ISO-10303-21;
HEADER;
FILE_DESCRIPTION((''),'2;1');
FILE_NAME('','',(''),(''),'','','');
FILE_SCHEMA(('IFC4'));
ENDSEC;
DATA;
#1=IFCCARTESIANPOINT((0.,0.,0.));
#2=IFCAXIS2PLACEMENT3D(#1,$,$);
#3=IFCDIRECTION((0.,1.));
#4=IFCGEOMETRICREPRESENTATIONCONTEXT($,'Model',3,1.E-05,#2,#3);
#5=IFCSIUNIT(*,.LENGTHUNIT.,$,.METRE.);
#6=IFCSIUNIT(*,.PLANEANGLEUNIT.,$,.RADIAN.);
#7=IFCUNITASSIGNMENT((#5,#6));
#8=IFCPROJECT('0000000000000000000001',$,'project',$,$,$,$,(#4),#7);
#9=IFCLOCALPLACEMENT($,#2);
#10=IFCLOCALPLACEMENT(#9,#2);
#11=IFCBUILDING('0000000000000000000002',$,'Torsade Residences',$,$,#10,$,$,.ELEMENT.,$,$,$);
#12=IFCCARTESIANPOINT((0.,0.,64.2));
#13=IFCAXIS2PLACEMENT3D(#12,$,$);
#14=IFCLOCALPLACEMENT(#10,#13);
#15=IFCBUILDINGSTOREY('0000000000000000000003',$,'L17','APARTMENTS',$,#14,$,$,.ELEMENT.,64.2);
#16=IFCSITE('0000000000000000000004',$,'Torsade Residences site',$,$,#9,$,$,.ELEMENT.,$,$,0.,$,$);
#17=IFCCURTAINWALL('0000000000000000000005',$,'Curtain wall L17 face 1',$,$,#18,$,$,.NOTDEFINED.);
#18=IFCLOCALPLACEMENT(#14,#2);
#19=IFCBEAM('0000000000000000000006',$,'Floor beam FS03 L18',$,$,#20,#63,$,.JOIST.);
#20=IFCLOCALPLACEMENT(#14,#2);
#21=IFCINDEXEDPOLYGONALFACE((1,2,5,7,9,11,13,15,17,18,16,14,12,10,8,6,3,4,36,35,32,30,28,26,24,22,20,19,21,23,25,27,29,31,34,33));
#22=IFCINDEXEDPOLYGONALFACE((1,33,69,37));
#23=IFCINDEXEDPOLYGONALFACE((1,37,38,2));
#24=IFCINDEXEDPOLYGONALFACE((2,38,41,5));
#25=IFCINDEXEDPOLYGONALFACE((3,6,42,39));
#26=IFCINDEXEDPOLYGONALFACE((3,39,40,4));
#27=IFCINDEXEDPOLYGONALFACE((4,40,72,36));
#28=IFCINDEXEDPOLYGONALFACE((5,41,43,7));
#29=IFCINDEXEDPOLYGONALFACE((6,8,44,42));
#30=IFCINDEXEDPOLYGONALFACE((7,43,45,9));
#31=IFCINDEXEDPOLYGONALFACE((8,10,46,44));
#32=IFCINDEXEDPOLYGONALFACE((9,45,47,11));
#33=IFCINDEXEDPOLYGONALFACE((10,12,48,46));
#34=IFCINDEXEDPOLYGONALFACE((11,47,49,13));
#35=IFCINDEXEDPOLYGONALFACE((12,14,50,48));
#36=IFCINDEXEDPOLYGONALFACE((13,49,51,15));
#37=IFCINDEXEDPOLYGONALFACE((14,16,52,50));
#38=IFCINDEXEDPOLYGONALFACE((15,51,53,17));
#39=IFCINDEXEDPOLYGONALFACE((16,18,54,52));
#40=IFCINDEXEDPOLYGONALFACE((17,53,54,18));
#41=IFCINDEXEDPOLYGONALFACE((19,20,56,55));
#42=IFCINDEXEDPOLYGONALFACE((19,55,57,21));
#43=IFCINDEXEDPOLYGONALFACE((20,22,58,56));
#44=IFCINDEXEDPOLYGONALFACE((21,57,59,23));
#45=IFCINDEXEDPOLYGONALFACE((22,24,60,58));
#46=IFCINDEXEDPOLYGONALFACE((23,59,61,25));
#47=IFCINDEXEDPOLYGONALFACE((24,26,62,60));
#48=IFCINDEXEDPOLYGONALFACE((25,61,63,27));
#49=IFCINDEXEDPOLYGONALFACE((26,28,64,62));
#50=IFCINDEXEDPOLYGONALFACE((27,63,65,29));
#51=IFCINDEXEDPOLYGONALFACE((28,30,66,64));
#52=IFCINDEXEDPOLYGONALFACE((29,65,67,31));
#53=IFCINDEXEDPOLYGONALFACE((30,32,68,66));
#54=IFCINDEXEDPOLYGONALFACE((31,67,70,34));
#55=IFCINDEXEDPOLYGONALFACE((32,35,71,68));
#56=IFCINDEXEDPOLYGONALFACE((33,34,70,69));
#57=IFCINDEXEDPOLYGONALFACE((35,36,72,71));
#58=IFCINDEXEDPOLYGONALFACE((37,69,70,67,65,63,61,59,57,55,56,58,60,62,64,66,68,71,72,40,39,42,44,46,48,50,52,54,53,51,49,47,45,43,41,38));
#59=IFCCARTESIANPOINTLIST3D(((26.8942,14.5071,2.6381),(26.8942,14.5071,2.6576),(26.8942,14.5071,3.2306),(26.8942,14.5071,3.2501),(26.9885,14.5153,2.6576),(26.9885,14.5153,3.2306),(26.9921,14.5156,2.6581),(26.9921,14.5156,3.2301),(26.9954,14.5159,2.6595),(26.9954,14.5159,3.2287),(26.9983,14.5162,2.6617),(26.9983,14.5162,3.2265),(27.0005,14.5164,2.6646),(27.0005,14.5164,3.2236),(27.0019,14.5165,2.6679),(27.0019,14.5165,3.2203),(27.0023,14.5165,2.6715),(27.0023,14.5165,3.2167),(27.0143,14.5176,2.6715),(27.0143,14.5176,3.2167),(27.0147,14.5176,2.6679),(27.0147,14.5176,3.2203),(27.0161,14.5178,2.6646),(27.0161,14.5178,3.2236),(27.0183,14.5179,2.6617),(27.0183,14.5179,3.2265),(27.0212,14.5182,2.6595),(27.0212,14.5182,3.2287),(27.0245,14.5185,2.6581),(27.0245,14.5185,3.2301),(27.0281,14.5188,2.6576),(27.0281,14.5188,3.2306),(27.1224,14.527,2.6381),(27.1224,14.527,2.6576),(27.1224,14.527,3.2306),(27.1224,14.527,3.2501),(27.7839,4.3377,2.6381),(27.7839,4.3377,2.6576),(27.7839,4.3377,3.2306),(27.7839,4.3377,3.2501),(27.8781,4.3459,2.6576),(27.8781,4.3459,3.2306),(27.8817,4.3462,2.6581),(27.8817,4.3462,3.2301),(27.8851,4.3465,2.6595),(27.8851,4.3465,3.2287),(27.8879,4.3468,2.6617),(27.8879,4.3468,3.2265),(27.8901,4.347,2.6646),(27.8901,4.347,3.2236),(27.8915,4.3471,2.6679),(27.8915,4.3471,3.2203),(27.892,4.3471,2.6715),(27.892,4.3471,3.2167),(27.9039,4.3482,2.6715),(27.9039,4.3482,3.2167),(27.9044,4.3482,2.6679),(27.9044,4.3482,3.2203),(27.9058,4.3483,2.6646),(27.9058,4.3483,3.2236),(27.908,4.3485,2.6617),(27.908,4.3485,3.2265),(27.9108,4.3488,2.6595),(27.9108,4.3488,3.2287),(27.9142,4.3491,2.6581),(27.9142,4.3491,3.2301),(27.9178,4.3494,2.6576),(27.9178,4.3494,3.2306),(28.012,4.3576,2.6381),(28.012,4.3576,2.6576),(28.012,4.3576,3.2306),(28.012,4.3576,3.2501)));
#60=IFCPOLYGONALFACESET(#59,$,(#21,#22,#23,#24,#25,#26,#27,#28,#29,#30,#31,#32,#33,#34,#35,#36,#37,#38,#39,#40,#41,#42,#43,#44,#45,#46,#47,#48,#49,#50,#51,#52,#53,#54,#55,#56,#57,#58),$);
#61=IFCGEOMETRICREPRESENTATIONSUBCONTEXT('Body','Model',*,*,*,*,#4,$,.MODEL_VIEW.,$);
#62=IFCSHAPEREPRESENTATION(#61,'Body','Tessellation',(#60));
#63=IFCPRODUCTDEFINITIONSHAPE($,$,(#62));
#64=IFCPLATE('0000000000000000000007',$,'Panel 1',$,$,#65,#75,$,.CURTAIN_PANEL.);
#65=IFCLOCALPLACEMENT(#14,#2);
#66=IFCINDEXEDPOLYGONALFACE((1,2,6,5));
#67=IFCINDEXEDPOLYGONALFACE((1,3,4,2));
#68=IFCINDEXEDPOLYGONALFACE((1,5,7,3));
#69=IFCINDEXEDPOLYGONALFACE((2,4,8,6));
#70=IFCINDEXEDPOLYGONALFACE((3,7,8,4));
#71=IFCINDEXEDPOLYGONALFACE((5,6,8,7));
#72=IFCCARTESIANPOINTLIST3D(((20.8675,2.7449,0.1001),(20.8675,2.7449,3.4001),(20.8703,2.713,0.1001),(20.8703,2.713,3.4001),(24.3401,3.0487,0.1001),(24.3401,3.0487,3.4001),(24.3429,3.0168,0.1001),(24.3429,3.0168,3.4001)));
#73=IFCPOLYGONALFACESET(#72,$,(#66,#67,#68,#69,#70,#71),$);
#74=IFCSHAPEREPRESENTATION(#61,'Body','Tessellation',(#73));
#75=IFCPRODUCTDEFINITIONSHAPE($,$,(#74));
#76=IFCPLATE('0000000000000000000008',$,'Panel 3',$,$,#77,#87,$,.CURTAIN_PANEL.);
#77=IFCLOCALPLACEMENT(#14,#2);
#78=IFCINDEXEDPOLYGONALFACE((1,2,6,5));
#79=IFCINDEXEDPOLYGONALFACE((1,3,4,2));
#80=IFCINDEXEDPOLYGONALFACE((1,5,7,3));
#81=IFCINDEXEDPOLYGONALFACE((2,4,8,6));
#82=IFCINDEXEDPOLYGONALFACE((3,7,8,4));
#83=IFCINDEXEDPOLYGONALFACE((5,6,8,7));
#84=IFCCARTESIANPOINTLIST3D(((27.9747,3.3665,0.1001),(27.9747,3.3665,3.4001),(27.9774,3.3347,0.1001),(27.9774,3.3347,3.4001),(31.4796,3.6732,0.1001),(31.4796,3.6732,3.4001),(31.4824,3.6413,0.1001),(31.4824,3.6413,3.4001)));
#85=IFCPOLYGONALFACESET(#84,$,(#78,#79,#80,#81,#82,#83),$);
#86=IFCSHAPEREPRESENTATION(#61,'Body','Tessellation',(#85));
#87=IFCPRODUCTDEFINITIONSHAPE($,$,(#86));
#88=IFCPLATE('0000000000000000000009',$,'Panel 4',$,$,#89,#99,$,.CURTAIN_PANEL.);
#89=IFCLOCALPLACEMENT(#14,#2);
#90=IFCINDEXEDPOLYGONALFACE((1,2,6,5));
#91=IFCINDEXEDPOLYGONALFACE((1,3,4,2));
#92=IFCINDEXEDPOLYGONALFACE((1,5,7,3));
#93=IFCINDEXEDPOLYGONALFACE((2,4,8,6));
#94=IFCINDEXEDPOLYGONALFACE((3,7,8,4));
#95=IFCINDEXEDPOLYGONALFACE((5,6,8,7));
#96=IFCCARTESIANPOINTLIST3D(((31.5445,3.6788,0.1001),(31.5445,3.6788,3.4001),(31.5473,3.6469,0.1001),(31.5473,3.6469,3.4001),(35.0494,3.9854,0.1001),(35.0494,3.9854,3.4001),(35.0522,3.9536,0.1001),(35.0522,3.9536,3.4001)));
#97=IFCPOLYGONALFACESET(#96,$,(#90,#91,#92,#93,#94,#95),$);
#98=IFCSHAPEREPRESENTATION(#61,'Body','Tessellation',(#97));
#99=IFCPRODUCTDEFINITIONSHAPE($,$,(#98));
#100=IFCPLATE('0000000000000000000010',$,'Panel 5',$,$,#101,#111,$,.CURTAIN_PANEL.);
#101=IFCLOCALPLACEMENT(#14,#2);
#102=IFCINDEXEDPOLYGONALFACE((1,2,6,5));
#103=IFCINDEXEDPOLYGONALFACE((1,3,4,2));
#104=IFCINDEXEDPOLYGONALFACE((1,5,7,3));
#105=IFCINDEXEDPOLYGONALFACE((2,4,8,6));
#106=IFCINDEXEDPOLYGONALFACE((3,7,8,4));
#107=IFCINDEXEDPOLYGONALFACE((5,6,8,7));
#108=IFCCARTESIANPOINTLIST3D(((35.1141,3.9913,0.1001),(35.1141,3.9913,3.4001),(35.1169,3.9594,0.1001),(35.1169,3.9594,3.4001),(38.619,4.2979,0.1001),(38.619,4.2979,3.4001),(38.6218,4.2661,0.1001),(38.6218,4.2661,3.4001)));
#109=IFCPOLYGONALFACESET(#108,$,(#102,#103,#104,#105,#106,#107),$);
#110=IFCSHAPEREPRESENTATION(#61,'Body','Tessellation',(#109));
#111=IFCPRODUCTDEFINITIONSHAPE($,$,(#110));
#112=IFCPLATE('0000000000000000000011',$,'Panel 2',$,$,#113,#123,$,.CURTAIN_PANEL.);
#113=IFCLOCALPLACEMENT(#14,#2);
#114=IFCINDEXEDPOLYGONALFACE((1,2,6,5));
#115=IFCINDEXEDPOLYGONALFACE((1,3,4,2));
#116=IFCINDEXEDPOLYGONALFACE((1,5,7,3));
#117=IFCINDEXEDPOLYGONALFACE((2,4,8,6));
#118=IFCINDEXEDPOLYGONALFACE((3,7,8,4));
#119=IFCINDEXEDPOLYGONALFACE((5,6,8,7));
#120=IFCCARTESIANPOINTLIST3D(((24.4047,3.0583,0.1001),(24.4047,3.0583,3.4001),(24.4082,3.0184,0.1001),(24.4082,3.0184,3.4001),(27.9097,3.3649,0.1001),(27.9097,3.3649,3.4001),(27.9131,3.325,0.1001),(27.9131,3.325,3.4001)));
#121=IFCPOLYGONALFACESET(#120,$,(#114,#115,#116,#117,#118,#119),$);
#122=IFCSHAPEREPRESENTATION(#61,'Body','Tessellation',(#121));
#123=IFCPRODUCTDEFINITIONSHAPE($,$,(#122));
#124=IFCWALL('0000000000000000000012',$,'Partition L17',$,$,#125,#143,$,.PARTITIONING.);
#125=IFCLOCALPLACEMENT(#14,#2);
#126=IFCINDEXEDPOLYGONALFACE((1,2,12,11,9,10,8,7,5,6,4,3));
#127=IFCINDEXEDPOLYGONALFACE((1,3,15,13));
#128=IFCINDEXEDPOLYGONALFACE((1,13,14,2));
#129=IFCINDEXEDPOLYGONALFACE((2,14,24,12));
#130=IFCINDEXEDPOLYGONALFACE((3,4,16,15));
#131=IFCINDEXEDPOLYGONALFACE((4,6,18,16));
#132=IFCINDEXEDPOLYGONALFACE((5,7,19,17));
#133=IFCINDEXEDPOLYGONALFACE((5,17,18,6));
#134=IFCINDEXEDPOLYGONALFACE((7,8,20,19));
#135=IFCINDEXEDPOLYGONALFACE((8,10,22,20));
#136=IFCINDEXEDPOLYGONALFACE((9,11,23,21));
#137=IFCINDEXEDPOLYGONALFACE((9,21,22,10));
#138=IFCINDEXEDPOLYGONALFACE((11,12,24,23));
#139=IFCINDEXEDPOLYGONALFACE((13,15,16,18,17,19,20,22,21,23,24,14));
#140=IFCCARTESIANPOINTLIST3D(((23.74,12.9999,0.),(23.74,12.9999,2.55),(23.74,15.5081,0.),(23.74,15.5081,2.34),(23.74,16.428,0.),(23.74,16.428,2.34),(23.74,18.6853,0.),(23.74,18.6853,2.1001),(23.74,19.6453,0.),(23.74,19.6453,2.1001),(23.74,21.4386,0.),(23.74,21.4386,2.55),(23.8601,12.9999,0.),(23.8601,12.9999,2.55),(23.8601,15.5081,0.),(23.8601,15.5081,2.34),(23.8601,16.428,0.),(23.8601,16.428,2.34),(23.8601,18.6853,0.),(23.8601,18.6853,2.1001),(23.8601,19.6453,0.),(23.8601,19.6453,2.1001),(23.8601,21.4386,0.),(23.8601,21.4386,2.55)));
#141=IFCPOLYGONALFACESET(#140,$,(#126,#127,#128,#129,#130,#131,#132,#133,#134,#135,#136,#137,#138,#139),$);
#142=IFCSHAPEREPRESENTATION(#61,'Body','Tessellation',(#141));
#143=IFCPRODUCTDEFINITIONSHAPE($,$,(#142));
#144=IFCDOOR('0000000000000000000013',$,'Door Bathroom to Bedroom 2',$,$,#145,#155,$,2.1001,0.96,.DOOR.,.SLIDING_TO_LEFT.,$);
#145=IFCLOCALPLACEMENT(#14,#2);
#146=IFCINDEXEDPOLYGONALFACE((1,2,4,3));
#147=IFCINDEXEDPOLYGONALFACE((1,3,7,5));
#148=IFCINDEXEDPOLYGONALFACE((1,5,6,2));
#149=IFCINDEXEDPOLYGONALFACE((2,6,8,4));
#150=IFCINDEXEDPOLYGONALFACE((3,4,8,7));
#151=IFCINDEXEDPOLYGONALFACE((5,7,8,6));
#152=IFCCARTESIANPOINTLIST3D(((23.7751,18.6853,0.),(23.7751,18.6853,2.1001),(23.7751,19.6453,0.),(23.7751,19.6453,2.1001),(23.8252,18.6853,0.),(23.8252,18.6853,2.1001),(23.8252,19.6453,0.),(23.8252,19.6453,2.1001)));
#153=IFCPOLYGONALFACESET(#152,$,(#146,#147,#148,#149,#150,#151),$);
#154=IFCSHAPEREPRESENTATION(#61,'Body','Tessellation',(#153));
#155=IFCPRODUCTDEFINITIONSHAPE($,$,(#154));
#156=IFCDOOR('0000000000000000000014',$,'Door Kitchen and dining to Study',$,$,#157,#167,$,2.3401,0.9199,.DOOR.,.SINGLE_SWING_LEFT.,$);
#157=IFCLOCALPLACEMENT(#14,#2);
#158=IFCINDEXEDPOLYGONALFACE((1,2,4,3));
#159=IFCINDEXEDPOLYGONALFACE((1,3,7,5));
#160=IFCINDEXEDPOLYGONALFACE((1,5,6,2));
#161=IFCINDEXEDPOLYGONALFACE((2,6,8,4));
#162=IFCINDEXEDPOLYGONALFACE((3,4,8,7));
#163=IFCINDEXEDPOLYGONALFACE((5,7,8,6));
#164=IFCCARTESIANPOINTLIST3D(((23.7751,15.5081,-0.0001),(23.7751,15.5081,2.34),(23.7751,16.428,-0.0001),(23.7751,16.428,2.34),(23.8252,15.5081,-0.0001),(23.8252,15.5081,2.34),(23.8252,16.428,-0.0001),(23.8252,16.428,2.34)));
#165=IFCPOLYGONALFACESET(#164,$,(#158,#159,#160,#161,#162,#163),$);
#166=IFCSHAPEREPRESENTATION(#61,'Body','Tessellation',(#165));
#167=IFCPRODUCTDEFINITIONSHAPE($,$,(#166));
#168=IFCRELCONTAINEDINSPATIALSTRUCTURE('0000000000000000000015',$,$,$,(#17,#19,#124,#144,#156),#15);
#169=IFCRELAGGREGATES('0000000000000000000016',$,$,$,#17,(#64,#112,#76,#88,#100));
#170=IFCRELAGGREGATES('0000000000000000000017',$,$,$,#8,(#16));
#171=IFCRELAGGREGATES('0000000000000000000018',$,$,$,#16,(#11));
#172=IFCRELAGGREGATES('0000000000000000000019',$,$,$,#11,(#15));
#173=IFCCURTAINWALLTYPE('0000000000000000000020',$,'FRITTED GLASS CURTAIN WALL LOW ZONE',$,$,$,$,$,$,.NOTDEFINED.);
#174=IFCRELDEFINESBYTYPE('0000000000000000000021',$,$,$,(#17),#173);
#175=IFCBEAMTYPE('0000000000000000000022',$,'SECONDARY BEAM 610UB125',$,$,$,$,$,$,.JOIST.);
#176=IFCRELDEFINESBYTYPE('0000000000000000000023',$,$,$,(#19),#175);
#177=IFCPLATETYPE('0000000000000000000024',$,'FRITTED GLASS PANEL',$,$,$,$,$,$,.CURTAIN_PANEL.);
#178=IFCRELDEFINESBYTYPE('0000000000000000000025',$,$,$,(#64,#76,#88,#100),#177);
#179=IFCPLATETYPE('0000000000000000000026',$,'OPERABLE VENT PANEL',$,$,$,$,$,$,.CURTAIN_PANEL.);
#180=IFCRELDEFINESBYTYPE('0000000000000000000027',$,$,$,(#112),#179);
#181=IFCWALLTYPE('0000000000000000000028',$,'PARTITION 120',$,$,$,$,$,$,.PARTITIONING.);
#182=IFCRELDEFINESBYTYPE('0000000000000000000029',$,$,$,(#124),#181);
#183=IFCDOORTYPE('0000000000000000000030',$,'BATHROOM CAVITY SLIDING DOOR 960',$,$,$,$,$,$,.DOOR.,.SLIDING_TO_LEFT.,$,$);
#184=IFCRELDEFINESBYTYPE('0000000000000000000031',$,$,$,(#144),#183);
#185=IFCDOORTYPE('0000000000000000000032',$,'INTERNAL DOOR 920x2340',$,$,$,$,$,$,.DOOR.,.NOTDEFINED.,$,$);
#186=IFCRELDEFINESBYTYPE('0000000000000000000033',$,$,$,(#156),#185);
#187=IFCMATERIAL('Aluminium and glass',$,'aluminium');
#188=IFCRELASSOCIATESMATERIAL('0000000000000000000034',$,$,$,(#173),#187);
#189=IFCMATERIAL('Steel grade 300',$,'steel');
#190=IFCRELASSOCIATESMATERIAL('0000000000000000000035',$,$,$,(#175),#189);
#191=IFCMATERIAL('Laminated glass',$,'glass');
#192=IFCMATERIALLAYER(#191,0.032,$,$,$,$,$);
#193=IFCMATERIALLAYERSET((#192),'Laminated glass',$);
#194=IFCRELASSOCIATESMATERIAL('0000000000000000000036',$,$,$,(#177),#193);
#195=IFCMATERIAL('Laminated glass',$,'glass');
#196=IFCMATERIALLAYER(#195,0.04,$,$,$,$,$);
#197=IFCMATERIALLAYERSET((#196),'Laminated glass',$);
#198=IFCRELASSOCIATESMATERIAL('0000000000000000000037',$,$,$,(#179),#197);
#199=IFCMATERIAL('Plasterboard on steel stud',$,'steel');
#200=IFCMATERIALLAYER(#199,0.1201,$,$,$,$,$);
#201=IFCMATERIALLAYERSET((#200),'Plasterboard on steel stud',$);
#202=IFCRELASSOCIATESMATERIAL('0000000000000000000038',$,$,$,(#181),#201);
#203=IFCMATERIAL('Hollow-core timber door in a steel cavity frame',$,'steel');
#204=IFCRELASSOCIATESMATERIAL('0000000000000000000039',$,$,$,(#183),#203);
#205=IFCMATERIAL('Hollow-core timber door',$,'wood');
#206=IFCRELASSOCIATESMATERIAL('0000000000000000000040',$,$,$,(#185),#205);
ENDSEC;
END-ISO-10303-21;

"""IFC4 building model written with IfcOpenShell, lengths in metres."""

from ifc_helpers import new_model, si_unit, direction, frame, frame_2d, origin, origin_2d, place, context, subcontext, project, spatial, rectangle, i_section, extrude, material, layer, layer_set, material_profile, profile_set, type_object, element, fill, aggregate, save


model = new_model("IFC4")

# Units and contexts
model_context = context("Model", 3, precision=1e-05, world=origin(), true_north=direction((0.0, 1.0)))
body_context = subcontext(model_context, "Body", "Model", "MODEL_VIEW")
ifc_project = project(units=[si_unit("LENGTHUNIT", "METRE"), si_unit("PLANEANGLEUNIT", "RADIAN")], contexts=[model_context])

# Site, building, storey
site_placement = place(None, origin())
site = spatial("IfcSite", under=ifc_project, at=site_placement, Name="Torsade Residences site", CompositionType="ELEMENT", RefElevation=0.0)
building_placement = place(site_placement, origin())
building = spatial("IfcBuilding", under=site, at=building_placement, Name="Torsade Residences", CompositionType="ELEMENT")
storey_placement = place(building_placement, frame((0.0, 0.0, 64.2)))
storey = spatial("IfcBuildingStorey", under=building, at=storey_placement, Name="L17", Description="APARTMENTS", CompositionType="ELEMENT", Elevation=64.2)

# Curtain wall
ifc_material_1 = material(Name="Aluminium and glass", Category="aluminium")
curtain_wall_type = type_object("IfcCurtainWallType", Name="FRITTED GLASS CURTAIN WALL LOW ZONE", PredefinedType="NOTDEFINED", material=ifc_material_1)
curtain_wall_placement = place(storey_placement, origin())
curtain_wall = element("IfcCurtainWall", 1, at=curtain_wall_placement, inside=storey, type_object=curtain_wall_type, Name="Curtain wall L17 face 1", PredefinedType="NOTDEFINED")

# Beam
ifc_material_2 = material(Name="Steel grade 300", Category="steel")
ifc_material_profile_1 = material_profile(ifc_material_2, i_section(OverallWidth=0.229, OverallDepth=0.6121, WebThickness=0.012, FlangeThickness=0.0195, FilletRadius=0.0139, at=origin_2d()), Name="610UB125")
ifc_profile_set_1 = profile_set([ifc_material_profile_1], Name="Steel grade 300")
beam_type_1 = type_object("IfcBeamType", Name="SECONDARY BEAM 610UB125", PredefinedType="JOIST", material=ifc_profile_set_1)
beam_1_placement = place(storey_placement, frame((27.8979, 4.3477, 2.9441), z_axis=(-0.08715, 0.996195, 0.0), x_axis=(-0.996195, -0.08715, 0.0)))
element("IfcBeam", 2, at=beam_1_placement, inside=storey, type_object=beam_type_1, Name="Floor beam FS03 L18", PredefinedType="JOIST", context=body_context, shape_type="SweptSolid", body=[
    extrude(i_section(OverallWidth=0.229, OverallDepth=0.6121, WebThickness=0.012, FlangeThickness=0.0195, FilletRadius=0.0139, at=origin_2d()), origin(), (0.0, 0.0, 1.0), 10.2083),
])

# Plates
ifc_material_3 = material(Name="Laminated glass", Category="glass")
ifc_layer_1 = layer(ifc_material_3, 0.032)
ifc_layer_set_1 = layer_set([ifc_layer_1], Name="Laminated glass")
plate_type_1 = type_object("IfcPlateType", Name="FRITTED GLASS PANEL", PredefinedType="CURTAIN_PANEL", material=ifc_layer_set_1)
plate_1_placement = place(storey_placement, frame((22.6052, 2.8809, 0.1001), z_axis=(0.0, 0.0, 1.0), x_axis=(0.996195, 0.087156, 0.0)))
plate_1 = element("IfcPlate", 3, at=plate_1_placement, type_object=plate_type_1, Name="Panel 1", PredefinedType="CURTAIN_PANEL", context=body_context, shape_type="SweptSolid", body=[
    extrude(rectangle(XDim=3.4858, YDim=0.032, at=origin_2d()), origin(), (0.0, 0.0, 1.0), 3.3),
])
plate_2_placement = place(storey_placement, frame((29.7285, 3.5039, 0.1001), z_axis=(0.0, 0.0, 1.0), x_axis=(0.996195, 0.087156, 0.0)))
plate_2 = element("IfcPlate", 4, at=plate_2_placement, type_object=plate_type_1, Name="Panel 3", PredefinedType="CURTAIN_PANEL", context=body_context, shape_type="SweptSolid", body=[
    extrude(rectangle(XDim=3.5183, YDim=0.032, at=origin_2d()), origin(), (0.0, 0.0, 1.0), 3.3),
])
plate_3_placement = place(storey_placement, frame((33.2983, 3.8162, 0.1001), z_axis=(0.0, 0.0, 1.0), x_axis=(0.996195, 0.087156, 0.0)))
plate_3 = element("IfcPlate", 5, at=plate_3_placement, type_object=plate_type_1, Name="Panel 4", PredefinedType="CURTAIN_PANEL", context=body_context, shape_type="SweptSolid", body=[
    extrude(rectangle(XDim=3.5183, YDim=0.032, at=origin_2d()), origin(), (0.0, 0.0, 1.0), 3.3),
])
plate_4_placement = place(storey_placement, frame((36.8679, 4.1287, 0.1001), z_axis=(0.0, 0.0, 1.0), x_axis=(0.996195, 0.087156, 0.0)))
plate_4 = element("IfcPlate", 6, at=plate_4_placement, type_object=plate_type_1, Name="Panel 5", PredefinedType="CURTAIN_PANEL", context=body_context, shape_type="SweptSolid", body=[
    extrude(rectangle(XDim=3.5183, YDim=0.032, at=origin_2d()), origin(), (0.0, 0.0, 1.0), 3.3),
])
ifc_material_4 = material(Name="Laminated glass", Category="glass")
ifc_layer_2 = layer(ifc_material_4, 0.04)
ifc_layer_set_2 = layer_set([ifc_layer_2], Name="Laminated glass")
plate_type_2 = type_object("IfcPlateType", Name="OPERABLE VENT PANEL", PredefinedType="CURTAIN_PANEL", material=ifc_layer_set_2)
plate_5_placement = place(storey_placement, frame((26.1589, 3.1917, 0.1001), z_axis=(0.0, 0.0, 1.0), x_axis=(0.996195, 0.087156, 0.0)))
plate_5 = element("IfcPlate", 7, at=plate_5_placement, type_object=plate_type_2, Name="Panel 2", PredefinedType="CURTAIN_PANEL", context=body_context, shape_type="SweptSolid", body=[
    extrude(rectangle(XDim=3.5183, YDim=0.04, at=origin_2d()), origin(), (0.0, 0.0, 1.0), 3.3),
])
aggregate(curtain_wall, [plate_1, plate_5, plate_2, plate_3, plate_4])

# Wall, openings, doors
ifc_material_5 = material(Name="Plasterboard on steel stud", Category="steel")
ifc_layer_3 = layer(ifc_material_5, 0.1201)
ifc_layer_set_3 = layer_set([ifc_layer_3], Name="Plasterboard on steel stud")
wall_type_1 = type_object("IfcWallType", Name="PARTITION 120", PredefinedType="PARTITIONING", material=ifc_layer_set_3)
wall_1_placement = place(storey_placement, frame((23.8, 13.0, 0.0), z_axis=(0.0, 0.0, 1.0), x_axis=(0.0, 1.0, 0.0)))
wall_1 = element("IfcWall", 8, at=wall_1_placement, inside=storey, type_object=wall_type_1, Name="Partition L17", PredefinedType="PARTITIONING", context=body_context, shape_type="SweptSolid", body=[
    extrude(rectangle(XDim=8.4387, YDim=0.1201, at=frame_2d((4.2192, 0.0))), origin(), (0.0, 0.0, 1.0), 2.55),
])
opening_1_placement = place(wall_1_placement, frame((2.5081, 0.0, 0.0)))
opening_1 = element("IfcOpeningElement", 9, at=opening_1_placement, cuts=wall_1, PredefinedType="OPENING", context=body_context, shape_type="SweptSolid", body=[
    extrude(rectangle(XDim=0.9199, YDim=2.3401, at=frame_2d((0.46, 1.1699))), frame((0.0, 0.0701, 0.0), z_axis=(0.0, -1.0, 0.0), x_axis=(1.0, 0.0, 0.0)), (0.0, 0.0, 1.0), 0.1401),
])
opening_2_placement = place(wall_1_placement, frame((5.6853, 0.0, 0.0)))
opening_2 = element("IfcOpeningElement", 10, at=opening_2_placement, cuts=wall_1, PredefinedType="OPENING", context=body_context, shape_type="SweptSolid", body=[
    extrude(rectangle(XDim=0.96, YDim=2.1001, at=frame_2d((0.48, 1.05))), frame((0.0, 0.0701, 0.0), z_axis=(0.0, -1.0, 0.0), x_axis=(1.0, 0.0, 0.0)), (0.0, 0.0, 1.0), 0.1401),
])
ifc_material_6 = material(Name="Hollow-core timber door in a steel cavity frame", Category="steel")
door_type_1 = type_object("IfcDoorType", Name="BATHROOM CAVITY SLIDING DOOR 960", OperationType="SLIDING_TO_LEFT", PredefinedType="DOOR", material=ifc_material_6)
door_1_placement = place(opening_2_placement, origin())
door_1 = element("IfcDoor", 11, at=door_1_placement, inside=storey, type_object=door_type_1, Name="Door Bathroom to Bedroom 2", OperationType="SLIDING_TO_LEFT", OverallHeight=2.1001, OverallWidth=0.96, PredefinedType="DOOR", context=body_context, shape_type="SweptSolid", body=[
    extrude(rectangle(XDim=0.96, YDim=2.1001, at=frame_2d((0.48, 1.05))), frame((0.0, 0.0249, 0.0), z_axis=(0.0, -1.0, 0.0), x_axis=(1.0, 0.0, 0.0)), (0.0, 0.0, 1.0), 0.05),
])
fill(opening_2, door_1)
ifc_material_7 = material(Name="Hollow-core timber door", Category="wood")
door_type_2 = type_object("IfcDoorType", Name="INTERNAL DOOR 920x2340", OperationType="NOTDEFINED", PredefinedType="DOOR", material=ifc_material_7)
door_2_placement = place(opening_1_placement, origin())
door_2 = element("IfcDoor", 12, at=door_2_placement, inside=storey, type_object=door_type_2, Name="Door Kitchen and dining to Study", OperationType="SINGLE_SWING_LEFT", OverallHeight=2.3401, OverallWidth=0.9199, PredefinedType="DOOR", context=body_context, shape_type="SweptSolid", body=[
    extrude(rectangle(XDim=0.9199, YDim=2.3401, at=frame_2d((0.46, 1.1699))), frame((0.0, 0.0249, 0.0), z_axis=(0.0, -1.0, 0.0), x_axis=(1.0, 0.0, 0.0)), (0.0, 0.0, 1.0), 0.05),
])
fill(opening_1, door_2)

save(model, "model.ifc")
